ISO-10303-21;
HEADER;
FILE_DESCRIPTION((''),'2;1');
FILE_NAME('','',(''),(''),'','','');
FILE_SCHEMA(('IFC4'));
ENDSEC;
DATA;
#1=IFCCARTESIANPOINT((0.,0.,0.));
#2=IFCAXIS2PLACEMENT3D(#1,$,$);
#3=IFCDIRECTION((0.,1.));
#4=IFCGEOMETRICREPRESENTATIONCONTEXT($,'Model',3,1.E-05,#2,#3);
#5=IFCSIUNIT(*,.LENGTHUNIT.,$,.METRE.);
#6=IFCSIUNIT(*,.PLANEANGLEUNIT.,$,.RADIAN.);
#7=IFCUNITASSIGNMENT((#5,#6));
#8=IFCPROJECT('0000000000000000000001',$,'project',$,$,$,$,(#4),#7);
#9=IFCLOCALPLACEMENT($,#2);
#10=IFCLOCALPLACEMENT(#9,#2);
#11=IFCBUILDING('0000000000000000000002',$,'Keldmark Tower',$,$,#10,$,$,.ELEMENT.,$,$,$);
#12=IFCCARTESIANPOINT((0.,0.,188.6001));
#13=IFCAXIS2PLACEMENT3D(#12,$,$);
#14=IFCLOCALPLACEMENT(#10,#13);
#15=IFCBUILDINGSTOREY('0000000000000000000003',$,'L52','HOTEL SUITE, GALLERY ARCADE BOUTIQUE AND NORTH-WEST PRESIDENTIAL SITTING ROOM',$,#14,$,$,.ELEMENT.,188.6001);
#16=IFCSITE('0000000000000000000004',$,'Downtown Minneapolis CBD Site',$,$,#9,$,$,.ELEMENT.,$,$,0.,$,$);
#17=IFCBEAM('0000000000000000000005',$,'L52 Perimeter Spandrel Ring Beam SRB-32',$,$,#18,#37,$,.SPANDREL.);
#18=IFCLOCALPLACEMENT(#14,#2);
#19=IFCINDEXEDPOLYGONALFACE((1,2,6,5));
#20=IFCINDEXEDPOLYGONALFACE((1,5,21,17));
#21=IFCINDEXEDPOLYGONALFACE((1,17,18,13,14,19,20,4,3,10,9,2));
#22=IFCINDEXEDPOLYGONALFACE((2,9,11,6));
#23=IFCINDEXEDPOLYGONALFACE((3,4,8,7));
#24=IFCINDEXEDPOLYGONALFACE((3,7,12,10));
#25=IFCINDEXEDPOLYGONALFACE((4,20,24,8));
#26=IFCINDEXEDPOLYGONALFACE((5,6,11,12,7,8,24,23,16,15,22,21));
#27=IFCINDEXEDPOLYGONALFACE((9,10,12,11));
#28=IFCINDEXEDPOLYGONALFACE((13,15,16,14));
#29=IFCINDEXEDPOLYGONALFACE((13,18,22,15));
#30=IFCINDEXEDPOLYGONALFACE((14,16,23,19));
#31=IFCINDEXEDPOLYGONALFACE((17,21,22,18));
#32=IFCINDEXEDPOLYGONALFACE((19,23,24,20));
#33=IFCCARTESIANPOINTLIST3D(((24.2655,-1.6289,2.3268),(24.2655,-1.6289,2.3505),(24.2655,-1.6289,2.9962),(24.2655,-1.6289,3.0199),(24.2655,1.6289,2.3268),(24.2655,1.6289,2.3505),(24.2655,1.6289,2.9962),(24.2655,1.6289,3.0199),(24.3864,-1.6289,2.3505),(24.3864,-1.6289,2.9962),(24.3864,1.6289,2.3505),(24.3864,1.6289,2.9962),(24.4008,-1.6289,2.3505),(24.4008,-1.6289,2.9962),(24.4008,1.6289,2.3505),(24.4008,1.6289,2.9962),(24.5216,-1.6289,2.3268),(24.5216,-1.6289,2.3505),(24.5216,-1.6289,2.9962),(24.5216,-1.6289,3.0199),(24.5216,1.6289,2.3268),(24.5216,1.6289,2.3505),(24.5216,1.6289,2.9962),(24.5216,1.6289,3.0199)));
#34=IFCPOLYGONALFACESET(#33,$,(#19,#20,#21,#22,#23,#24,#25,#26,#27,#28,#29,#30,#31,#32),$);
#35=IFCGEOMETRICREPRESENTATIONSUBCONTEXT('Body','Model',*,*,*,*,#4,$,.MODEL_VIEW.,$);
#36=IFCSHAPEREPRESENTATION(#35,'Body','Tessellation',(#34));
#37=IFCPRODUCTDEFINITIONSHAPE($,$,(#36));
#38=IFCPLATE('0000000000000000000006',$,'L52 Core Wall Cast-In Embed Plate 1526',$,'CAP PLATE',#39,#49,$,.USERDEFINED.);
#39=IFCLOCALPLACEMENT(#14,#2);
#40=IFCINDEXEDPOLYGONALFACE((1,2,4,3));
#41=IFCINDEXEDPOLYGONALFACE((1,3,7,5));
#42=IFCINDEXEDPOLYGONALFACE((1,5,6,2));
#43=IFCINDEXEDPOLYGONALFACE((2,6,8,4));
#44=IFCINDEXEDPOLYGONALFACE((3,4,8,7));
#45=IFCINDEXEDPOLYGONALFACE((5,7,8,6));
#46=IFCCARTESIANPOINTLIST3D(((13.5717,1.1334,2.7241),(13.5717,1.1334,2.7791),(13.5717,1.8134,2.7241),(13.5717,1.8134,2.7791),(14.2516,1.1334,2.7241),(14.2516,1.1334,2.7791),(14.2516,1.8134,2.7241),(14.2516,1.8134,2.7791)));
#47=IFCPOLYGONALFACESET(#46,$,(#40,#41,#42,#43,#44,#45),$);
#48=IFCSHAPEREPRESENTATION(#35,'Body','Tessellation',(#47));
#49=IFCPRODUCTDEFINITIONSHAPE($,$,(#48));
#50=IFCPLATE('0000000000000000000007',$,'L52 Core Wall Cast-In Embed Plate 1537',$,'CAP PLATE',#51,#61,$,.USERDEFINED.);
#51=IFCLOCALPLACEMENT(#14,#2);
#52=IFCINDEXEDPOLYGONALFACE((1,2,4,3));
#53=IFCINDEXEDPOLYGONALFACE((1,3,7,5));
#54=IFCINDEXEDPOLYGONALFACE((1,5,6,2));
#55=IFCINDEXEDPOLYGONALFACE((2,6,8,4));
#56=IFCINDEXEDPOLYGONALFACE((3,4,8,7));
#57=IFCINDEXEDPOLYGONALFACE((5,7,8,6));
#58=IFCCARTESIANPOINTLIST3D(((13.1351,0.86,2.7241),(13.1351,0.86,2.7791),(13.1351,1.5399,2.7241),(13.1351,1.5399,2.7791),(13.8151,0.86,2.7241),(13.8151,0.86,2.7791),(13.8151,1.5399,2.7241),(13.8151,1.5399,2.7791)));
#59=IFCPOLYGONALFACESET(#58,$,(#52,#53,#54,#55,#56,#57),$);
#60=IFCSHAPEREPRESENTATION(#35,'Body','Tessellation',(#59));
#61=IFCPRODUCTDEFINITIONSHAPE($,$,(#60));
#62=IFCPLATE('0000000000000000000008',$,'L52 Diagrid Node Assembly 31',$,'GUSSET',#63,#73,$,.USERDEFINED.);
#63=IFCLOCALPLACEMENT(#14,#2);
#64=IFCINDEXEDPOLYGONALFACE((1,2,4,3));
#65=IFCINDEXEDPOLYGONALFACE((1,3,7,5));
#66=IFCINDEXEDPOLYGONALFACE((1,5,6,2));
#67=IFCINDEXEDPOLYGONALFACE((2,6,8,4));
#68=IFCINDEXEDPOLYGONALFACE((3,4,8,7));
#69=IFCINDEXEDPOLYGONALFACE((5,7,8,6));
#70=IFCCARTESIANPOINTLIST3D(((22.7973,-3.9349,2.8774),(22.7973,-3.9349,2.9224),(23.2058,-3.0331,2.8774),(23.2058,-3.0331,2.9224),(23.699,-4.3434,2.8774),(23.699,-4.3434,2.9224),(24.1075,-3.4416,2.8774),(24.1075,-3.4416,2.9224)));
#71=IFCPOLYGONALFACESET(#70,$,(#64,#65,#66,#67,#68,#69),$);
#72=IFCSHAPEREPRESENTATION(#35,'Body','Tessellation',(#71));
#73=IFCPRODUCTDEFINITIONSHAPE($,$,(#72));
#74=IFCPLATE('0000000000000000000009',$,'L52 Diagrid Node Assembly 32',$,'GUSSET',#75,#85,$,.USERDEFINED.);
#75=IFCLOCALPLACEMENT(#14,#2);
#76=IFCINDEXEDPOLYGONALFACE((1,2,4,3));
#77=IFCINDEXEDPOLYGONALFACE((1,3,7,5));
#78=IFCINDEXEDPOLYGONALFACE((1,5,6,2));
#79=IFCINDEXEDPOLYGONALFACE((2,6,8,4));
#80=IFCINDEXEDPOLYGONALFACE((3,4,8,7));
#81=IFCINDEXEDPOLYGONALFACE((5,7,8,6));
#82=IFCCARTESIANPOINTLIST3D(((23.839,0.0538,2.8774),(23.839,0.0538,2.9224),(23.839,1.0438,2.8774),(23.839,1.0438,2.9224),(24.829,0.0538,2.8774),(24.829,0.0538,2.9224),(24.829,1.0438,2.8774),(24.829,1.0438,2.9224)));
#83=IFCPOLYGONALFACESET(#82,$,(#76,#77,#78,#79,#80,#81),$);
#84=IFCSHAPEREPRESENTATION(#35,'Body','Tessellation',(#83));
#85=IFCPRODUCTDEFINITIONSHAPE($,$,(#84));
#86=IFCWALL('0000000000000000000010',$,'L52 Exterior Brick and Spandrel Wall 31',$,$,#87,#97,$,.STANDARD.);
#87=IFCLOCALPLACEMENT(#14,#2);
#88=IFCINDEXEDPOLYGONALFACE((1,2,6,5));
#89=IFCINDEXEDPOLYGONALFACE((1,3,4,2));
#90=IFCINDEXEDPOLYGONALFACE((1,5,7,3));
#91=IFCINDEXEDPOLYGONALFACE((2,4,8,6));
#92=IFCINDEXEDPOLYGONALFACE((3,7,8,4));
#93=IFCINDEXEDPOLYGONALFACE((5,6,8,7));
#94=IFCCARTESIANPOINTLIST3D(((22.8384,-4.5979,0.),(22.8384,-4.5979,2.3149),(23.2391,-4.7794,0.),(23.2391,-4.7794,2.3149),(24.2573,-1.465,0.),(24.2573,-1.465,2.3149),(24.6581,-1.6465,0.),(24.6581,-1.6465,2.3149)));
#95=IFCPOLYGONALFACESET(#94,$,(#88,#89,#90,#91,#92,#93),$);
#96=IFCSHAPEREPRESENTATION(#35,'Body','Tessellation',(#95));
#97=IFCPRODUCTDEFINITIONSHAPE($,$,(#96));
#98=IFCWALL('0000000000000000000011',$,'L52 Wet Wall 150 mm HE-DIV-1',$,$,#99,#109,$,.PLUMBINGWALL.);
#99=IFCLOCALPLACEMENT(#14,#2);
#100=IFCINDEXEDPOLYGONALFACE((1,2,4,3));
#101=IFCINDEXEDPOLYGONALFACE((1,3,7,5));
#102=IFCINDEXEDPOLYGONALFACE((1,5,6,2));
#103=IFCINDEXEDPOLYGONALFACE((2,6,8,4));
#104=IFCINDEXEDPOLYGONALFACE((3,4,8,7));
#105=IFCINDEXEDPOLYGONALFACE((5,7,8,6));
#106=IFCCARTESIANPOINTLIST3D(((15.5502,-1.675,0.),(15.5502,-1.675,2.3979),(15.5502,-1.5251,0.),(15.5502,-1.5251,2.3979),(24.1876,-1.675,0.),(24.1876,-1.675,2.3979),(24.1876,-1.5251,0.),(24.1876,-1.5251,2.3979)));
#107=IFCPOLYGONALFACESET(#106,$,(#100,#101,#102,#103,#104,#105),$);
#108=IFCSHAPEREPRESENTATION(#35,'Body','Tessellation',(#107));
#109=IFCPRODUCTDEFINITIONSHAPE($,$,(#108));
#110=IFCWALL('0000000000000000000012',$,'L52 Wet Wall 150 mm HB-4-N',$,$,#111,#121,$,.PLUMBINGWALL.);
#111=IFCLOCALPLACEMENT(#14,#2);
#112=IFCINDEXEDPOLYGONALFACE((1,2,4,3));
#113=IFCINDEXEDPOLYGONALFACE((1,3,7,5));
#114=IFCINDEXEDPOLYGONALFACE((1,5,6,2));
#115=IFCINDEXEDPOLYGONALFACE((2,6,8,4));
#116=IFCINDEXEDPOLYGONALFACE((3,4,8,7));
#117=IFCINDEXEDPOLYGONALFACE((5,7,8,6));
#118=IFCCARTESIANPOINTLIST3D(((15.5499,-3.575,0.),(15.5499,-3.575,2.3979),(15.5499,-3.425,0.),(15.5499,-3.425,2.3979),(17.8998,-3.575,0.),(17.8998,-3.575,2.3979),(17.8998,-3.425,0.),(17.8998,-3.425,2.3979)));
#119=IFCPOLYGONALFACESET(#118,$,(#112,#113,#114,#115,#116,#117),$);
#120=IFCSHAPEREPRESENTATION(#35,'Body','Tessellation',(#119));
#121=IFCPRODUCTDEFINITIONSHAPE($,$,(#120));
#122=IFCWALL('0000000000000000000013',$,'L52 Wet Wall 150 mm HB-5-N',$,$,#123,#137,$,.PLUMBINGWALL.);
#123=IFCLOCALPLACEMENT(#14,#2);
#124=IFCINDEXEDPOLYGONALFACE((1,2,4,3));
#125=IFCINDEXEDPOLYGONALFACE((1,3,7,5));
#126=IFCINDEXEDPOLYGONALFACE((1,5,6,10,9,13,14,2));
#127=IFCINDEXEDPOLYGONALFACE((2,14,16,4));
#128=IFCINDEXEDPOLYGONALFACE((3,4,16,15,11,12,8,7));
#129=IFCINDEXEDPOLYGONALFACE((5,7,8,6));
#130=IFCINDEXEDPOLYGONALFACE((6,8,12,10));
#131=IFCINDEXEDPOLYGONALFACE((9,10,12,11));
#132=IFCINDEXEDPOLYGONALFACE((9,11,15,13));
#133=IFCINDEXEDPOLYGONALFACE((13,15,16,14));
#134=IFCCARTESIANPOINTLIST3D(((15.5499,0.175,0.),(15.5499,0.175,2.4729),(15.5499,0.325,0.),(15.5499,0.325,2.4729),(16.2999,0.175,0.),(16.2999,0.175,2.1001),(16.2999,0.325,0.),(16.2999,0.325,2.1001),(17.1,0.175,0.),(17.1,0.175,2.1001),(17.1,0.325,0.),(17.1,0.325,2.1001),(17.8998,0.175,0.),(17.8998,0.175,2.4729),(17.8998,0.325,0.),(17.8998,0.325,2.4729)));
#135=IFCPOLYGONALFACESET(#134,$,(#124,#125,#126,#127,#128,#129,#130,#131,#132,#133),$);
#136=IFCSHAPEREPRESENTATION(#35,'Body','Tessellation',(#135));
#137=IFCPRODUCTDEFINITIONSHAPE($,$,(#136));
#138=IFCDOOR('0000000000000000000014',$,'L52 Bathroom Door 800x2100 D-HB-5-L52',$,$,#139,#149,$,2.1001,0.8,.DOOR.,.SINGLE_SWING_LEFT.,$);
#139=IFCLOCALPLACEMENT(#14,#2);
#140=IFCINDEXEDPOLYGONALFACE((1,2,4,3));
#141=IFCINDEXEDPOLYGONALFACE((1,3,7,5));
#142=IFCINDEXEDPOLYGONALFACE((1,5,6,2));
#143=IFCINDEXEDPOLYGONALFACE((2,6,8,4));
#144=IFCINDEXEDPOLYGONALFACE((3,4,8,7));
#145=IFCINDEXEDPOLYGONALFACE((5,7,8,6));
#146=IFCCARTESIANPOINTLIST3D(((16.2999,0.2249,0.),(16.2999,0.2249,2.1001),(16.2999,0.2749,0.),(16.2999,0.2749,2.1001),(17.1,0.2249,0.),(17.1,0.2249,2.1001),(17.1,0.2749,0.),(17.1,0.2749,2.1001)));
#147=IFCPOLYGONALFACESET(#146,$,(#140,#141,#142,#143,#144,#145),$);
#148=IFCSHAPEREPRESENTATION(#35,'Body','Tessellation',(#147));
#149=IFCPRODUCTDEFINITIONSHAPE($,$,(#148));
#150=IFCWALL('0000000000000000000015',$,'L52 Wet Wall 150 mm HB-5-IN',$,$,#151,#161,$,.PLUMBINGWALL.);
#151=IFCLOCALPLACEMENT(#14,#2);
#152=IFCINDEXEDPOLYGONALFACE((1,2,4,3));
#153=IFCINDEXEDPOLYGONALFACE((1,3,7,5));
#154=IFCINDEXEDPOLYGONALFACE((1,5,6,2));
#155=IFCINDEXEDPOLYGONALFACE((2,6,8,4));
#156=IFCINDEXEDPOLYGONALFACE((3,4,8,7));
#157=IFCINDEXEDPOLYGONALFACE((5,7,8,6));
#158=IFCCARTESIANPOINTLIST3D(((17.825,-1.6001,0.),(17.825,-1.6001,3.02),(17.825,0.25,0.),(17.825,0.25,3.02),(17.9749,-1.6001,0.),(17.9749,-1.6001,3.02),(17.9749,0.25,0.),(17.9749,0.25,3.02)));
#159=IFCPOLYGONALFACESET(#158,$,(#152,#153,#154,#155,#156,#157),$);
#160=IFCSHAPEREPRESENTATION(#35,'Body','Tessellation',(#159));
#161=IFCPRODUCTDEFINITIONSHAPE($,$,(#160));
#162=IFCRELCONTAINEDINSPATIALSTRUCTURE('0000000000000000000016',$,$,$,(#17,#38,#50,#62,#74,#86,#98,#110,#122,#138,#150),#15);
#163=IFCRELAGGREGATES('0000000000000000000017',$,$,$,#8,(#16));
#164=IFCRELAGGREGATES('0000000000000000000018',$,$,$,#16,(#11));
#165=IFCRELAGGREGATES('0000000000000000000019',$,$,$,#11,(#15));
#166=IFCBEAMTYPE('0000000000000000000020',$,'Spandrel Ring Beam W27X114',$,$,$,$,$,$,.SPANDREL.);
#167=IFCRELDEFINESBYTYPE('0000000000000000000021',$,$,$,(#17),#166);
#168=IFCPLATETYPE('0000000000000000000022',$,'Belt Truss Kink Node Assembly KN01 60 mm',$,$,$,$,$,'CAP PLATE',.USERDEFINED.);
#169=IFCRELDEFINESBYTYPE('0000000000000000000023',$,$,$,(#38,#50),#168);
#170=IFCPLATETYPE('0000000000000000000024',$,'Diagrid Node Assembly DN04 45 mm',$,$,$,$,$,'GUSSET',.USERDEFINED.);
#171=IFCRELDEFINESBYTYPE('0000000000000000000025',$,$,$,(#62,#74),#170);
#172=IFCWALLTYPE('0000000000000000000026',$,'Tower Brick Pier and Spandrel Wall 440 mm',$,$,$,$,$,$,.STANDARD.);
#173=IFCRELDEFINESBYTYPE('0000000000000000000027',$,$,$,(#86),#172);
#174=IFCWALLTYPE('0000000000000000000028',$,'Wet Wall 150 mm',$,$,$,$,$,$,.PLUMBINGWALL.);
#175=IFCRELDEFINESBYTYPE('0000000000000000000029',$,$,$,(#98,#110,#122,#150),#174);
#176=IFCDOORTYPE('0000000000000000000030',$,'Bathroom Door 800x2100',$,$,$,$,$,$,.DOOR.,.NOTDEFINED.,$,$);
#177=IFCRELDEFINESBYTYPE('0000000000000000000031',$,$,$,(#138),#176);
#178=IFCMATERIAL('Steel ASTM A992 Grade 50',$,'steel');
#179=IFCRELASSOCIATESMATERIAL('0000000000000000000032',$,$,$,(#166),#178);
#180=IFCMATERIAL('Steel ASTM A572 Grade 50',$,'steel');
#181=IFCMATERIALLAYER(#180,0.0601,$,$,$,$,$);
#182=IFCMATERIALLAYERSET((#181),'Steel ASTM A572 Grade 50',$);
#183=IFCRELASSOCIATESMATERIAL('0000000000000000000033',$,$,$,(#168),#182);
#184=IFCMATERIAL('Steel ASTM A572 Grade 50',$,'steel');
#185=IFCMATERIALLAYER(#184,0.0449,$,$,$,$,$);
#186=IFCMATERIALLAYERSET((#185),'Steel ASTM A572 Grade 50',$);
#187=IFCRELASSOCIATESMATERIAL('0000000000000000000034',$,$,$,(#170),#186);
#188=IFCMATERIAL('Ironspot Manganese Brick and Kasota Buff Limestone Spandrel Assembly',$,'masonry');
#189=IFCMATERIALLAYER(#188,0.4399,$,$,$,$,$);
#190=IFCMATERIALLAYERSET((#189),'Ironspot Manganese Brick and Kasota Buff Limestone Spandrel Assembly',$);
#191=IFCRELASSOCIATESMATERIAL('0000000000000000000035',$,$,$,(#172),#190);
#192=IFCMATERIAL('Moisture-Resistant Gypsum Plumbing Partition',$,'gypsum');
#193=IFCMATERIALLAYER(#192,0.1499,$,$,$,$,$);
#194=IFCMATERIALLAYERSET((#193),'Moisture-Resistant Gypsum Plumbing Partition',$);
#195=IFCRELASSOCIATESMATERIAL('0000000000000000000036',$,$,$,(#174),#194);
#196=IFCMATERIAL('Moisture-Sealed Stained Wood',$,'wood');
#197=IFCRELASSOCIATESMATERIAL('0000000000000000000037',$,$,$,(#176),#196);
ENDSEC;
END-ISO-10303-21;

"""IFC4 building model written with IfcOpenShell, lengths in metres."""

from ifc_helpers import new_model, si_unit, direction, frame, frame_2d, origin, origin_2d, place, context, subcontext, project, spatial, rectangle, i_section, extrude, material, layer, layer_set, material_profile, profile_set, type_object, element, fill, save


model = new_model("IFC4")

# Units and contexts
model_context = context("Model", 3, precision=1e-05, world=origin(), true_north=direction((0.0, 1.0)))
body_context = subcontext(model_context, "Body", "Model", "MODEL_VIEW")
ifc_project = project(units=[si_unit("LENGTHUNIT", "METRE"), si_unit("PLANEANGLEUNIT", "RADIAN")], contexts=[model_context])

# Site, building, storey
site_placement = place(None, origin())
site = spatial("IfcSite", under=ifc_project, at=site_placement, Name="Downtown Minneapolis CBD Site", CompositionType="ELEMENT", RefElevation=0.0)
building_placement = place(site_placement, origin())
building = spatial("IfcBuilding", under=site, at=building_placement, Name="Keldmark Tower", CompositionType="ELEMENT")
storey_placement = place(building_placement, frame((0.0, 0.0, 188.6001)))
storey = spatial("IfcBuildingStorey", under=building, at=storey_placement, Name="L52", Description="HOTEL SUITE, GALLERY ARCADE BOUTIQUE AND NORTH-WEST PRESIDENTIAL SITTING ROOM", CompositionType="ELEMENT", Elevation=188.6001)

# Beam
ifc_material_1 = material(Name="Steel ASTM A992 Grade 50", Category="steel")
ifc_material_profile_1 = material_profile(ifc_material_1, i_section(OverallWidth=0.2561, OverallDepth=0.6931, WebThickness=0.0144, FlangeThickness=0.0237, at=origin_2d()), Name="W27X114")
ifc_profile_set_1 = profile_set([ifc_material_profile_1], Name="Steel ASTM A992 Grade 50")
beam_type_1 = type_object("IfcBeamType", Name="Spandrel Ring Beam W27X114", PredefinedType="SPANDREL", material=ifc_profile_set_1)
beam_1_placement = place(storey_placement, frame((24.3936, -1.6289, 2.6733), z_axis=(0.0, 1.0, 0.0), x_axis=(-1.0, 0.0, 0.0)))
element("IfcBeam", 1, at=beam_1_placement, inside=storey, type_object=beam_type_1, Name="L52 Perimeter Spandrel Ring Beam SRB-32", PredefinedType="SPANDREL", context=body_context, shape_type="SweptSolid", body=[
    extrude(i_section(OverallWidth=0.2561, OverallDepth=0.6931, WebThickness=0.0144, FlangeThickness=0.0237, at=origin_2d()), origin(), (0.0, 0.0, 1.0), 3.2578),
])

# Plates
ifc_material_2 = material(Name="Steel ASTM A572 Grade 50", Category="steel")
ifc_layer_1 = layer(ifc_material_2, 0.0601)
ifc_layer_set_1 = layer_set([ifc_layer_1], Name="Steel ASTM A572 Grade 50")
plate_type_1 = type_object("IfcPlateType", Name="Belt Truss Kink Node Assembly KN01 60 mm", ElementType="CAP PLATE", PredefinedType="USERDEFINED", material=ifc_layer_set_1)
for number, where, z_axis, x_axis, name in (
    (2, (13.9116, 1.4734, 2.7241), (0.0, 0.0, 1.0), (1.0, 0.0, 0.0), "L52 Core Wall Cast-In Embed Plate 1526"),
    (3, (13.4751, 1.2, 2.7241), (0.0, 0.0, 1.0), (1.0, 0.0, 0.0), "L52 Core Wall Cast-In Embed Plate 1537"),
):
    element("IfcPlate", number, at=place(storey_placement, frame(where, z_axis=z_axis, x_axis=x_axis)), inside=storey, type_object=plate_type_1, Name=name, ObjectType="CAP PLATE", PredefinedType="USERDEFINED", context=body_context, shape_type="SweptSolid", body=[
        extrude(rectangle(XDim=0.6799, YDim=0.6799, at=origin_2d()), origin(), (0.0, 0.0, 1.0), 0.0549),
    ])
ifc_material_3 = material(Name="Steel ASTM A572 Grade 50", Category="steel")
ifc_layer_2 = layer(ifc_material_3, 0.0449)
ifc_layer_set_2 = layer_set([ifc_layer_2], Name="Steel ASTM A572 Grade 50")
plate_type_2 = type_object("IfcPlateType", Name="Diagrid Node Assembly DN04 45 mm", ElementType="GUSSET", PredefinedType="USERDEFINED", material=ifc_layer_set_2)
for number, where, z_axis, x_axis, name in (
    (4, (23.4524, -3.6882, 2.8774), (0.0, 0.0, 1.0), (0.412628, 0.9109, 0.0), "L52 Diagrid Node Assembly 31"),
    (5, (24.334, 0.5488, 2.8774), (0.0, 0.0, 1.0), (0.0, 1.0, 0.0), "L52 Diagrid Node Assembly 32"),
):
    element("IfcPlate", number, at=place(storey_placement, frame(where, z_axis=z_axis, x_axis=x_axis)), inside=storey, type_object=plate_type_2, Name=name, ObjectType="GUSSET", PredefinedType="USERDEFINED", context=body_context, shape_type="SweptSolid", body=[
        extrude(rectangle(XDim=0.99, YDim=0.99, at=origin_2d()), origin(), (0.0, 0.0, 1.0), 0.0449),
    ])

# Wall
ifc_material_4 = material(Name="Ironspot Manganese Brick and Kasota Buff Limestone Spandrel Assembly", Category="masonry")
ifc_layer_3 = layer(ifc_material_4, 0.4399)
ifc_layer_set_3 = layer_set([ifc_layer_3], Name="Ironspot Manganese Brick and Kasota Buff Limestone Spandrel Assembly")
wall_type_1 = type_object("IfcWallType", Name="Tower Brick Pier and Spandrel Wall 440 mm", PredefinedType="STANDARD", material=ifc_layer_set_3)
wall_1_placement = place(storey_placement, frame((24.4578, -1.5557, 0.0), z_axis=(0.0, 0.0, 1.0), x_axis=(-0.412583, -0.91092, 0.0)))
element("IfcWall", 6, at=wall_1_placement, inside=storey, type_object=wall_type_1, Name="L52 Exterior Brick and Spandrel Wall 31", PredefinedType="STANDARD", context=body_context, shape_type="SweptSolid", body=[
    extrude(rectangle(XDim=3.4392, YDim=0.4399, at=frame_2d((1.7197, 0.0))), origin(), (0.0, 0.0, 1.0), 2.3149),
])

# Walls
ifc_material_5 = material(Name="Moisture-Resistant Gypsum Plumbing Partition", Category="gypsum")
ifc_layer_4 = layer(ifc_material_5, 0.1499)
ifc_layer_set_4 = layer_set([ifc_layer_4], Name="Moisture-Resistant Gypsum Plumbing Partition")
wall_type_2 = type_object("IfcWallType", Name="Wet Wall 150 mm", PredefinedType="PLUMBINGWALL", material=ifc_layer_set_4)
wall_2_placement = place(storey_placement, frame((15.55, -1.6001, 0.0), z_axis=(0.0, 0.0, 1.0), x_axis=(1.0, 0.0, 0.0)))
element("IfcWall", 7, at=wall_2_placement, inside=storey, type_object=wall_type_2, Name="L52 Wet Wall 150 mm HE-DIV-1", PredefinedType="PLUMBINGWALL", context=body_context, shape_type="SweptSolid", body=[
    extrude(rectangle(XDim=8.6375, YDim=0.1499, at=frame_2d((4.3188, 0.0))), origin(), (0.0, 0.0, 1.0), 2.3979),
])
wall_3_placement = place(storey_placement, frame((15.55, -3.5, 0.0), z_axis=(0.0, 0.0, 1.0), x_axis=(1.0, 0.0, 0.0)))
element("IfcWall", 8, at=wall_3_placement, inside=storey, type_object=wall_type_2, Name="L52 Wet Wall 150 mm HB-4-N", PredefinedType="PLUMBINGWALL", context=body_context, shape_type="SweptSolid", body=[
    extrude(rectangle(XDim=2.3499, YDim=0.1499, at=frame_2d((1.1748, 0.0))), origin(), (0.0, 0.0, 1.0), 2.3979),
])

# Wall, opening, door
wall_4_placement = place(storey_placement, frame((15.55, 0.25, 0.0), z_axis=(0.0, 0.0, 1.0), x_axis=(1.0, 0.0, 0.0)))
wall_4 = element("IfcWall", 9, at=wall_4_placement, inside=storey, type_object=wall_type_2, Name="L52 Wet Wall 150 mm HB-5-N", PredefinedType="PLUMBINGWALL", context=body_context, shape_type="SweptSolid", body=[
    extrude(rectangle(XDim=2.3499, YDim=0.1499, at=frame_2d((1.1748, 0.0))), origin(), (0.0, 0.0, 1.0), 2.4729),
])
opening_1_placement = place(wall_4_placement, frame((0.75, 0.0, 0.0)))
opening_1 = element("IfcOpeningElement", 10, at=opening_1_placement, cuts=wall_4, PredefinedType="OPENING", context=body_context, shape_type="SweptSolid", body=[
    extrude(rectangle(XDim=0.8, YDim=2.1001, at=frame_2d((0.3999, 1.05))), frame((0.0, 0.085, 0.0), z_axis=(0.0, -1.0, 0.0), x_axis=(1.0, 0.0, 0.0)), (0.0, 0.0, 1.0), 0.1699),
])
ifc_material_6 = material(Name="Moisture-Sealed Stained Wood", Category="wood")
door_type_1 = type_object("IfcDoorType", Name="Bathroom Door 800x2100", OperationType="NOTDEFINED", PredefinedType="DOOR", material=ifc_material_6)
door_1_placement = place(opening_1_placement, origin())
door_1 = element("IfcDoor", 11, at=door_1_placement, inside=storey, type_object=door_type_1, Name="L52 Bathroom Door 800x2100 D-HB-5-L52", OperationType="SINGLE_SWING_LEFT", OverallHeight=2.1001, OverallWidth=0.8, PredefinedType="DOOR", context=body_context, shape_type="SweptSolid", body=[
    extrude(rectangle(XDim=0.8, YDim=2.1001, at=frame_2d((0.3999, 1.05))), frame((0.0, 0.0249, 0.0), z_axis=(0.0, -1.0, 0.0), x_axis=(1.0, 0.0, 0.0)), (0.0, 0.0, 1.0), 0.05),
])
fill(opening_1, door_1)

# Wall
wall_5_placement = place(storey_placement, frame((17.8999, -1.6001, 0.0), z_axis=(0.0, 0.0, 1.0), x_axis=(0.0, 1.0, 0.0)))
element("IfcWall", 12, at=wall_5_placement, inside=storey, type_object=wall_type_2, Name="L52 Wet Wall 150 mm HB-5-IN", PredefinedType="PLUMBINGWALL", context=body_context, shape_type="SweptSolid", body=[
    extrude(rectangle(XDim=1.8501, YDim=0.1499, at=frame_2d((0.925, 0.0))), origin(), (0.0, 0.0, 1.0), 3.02),
])

save(model, "model.ifc")
